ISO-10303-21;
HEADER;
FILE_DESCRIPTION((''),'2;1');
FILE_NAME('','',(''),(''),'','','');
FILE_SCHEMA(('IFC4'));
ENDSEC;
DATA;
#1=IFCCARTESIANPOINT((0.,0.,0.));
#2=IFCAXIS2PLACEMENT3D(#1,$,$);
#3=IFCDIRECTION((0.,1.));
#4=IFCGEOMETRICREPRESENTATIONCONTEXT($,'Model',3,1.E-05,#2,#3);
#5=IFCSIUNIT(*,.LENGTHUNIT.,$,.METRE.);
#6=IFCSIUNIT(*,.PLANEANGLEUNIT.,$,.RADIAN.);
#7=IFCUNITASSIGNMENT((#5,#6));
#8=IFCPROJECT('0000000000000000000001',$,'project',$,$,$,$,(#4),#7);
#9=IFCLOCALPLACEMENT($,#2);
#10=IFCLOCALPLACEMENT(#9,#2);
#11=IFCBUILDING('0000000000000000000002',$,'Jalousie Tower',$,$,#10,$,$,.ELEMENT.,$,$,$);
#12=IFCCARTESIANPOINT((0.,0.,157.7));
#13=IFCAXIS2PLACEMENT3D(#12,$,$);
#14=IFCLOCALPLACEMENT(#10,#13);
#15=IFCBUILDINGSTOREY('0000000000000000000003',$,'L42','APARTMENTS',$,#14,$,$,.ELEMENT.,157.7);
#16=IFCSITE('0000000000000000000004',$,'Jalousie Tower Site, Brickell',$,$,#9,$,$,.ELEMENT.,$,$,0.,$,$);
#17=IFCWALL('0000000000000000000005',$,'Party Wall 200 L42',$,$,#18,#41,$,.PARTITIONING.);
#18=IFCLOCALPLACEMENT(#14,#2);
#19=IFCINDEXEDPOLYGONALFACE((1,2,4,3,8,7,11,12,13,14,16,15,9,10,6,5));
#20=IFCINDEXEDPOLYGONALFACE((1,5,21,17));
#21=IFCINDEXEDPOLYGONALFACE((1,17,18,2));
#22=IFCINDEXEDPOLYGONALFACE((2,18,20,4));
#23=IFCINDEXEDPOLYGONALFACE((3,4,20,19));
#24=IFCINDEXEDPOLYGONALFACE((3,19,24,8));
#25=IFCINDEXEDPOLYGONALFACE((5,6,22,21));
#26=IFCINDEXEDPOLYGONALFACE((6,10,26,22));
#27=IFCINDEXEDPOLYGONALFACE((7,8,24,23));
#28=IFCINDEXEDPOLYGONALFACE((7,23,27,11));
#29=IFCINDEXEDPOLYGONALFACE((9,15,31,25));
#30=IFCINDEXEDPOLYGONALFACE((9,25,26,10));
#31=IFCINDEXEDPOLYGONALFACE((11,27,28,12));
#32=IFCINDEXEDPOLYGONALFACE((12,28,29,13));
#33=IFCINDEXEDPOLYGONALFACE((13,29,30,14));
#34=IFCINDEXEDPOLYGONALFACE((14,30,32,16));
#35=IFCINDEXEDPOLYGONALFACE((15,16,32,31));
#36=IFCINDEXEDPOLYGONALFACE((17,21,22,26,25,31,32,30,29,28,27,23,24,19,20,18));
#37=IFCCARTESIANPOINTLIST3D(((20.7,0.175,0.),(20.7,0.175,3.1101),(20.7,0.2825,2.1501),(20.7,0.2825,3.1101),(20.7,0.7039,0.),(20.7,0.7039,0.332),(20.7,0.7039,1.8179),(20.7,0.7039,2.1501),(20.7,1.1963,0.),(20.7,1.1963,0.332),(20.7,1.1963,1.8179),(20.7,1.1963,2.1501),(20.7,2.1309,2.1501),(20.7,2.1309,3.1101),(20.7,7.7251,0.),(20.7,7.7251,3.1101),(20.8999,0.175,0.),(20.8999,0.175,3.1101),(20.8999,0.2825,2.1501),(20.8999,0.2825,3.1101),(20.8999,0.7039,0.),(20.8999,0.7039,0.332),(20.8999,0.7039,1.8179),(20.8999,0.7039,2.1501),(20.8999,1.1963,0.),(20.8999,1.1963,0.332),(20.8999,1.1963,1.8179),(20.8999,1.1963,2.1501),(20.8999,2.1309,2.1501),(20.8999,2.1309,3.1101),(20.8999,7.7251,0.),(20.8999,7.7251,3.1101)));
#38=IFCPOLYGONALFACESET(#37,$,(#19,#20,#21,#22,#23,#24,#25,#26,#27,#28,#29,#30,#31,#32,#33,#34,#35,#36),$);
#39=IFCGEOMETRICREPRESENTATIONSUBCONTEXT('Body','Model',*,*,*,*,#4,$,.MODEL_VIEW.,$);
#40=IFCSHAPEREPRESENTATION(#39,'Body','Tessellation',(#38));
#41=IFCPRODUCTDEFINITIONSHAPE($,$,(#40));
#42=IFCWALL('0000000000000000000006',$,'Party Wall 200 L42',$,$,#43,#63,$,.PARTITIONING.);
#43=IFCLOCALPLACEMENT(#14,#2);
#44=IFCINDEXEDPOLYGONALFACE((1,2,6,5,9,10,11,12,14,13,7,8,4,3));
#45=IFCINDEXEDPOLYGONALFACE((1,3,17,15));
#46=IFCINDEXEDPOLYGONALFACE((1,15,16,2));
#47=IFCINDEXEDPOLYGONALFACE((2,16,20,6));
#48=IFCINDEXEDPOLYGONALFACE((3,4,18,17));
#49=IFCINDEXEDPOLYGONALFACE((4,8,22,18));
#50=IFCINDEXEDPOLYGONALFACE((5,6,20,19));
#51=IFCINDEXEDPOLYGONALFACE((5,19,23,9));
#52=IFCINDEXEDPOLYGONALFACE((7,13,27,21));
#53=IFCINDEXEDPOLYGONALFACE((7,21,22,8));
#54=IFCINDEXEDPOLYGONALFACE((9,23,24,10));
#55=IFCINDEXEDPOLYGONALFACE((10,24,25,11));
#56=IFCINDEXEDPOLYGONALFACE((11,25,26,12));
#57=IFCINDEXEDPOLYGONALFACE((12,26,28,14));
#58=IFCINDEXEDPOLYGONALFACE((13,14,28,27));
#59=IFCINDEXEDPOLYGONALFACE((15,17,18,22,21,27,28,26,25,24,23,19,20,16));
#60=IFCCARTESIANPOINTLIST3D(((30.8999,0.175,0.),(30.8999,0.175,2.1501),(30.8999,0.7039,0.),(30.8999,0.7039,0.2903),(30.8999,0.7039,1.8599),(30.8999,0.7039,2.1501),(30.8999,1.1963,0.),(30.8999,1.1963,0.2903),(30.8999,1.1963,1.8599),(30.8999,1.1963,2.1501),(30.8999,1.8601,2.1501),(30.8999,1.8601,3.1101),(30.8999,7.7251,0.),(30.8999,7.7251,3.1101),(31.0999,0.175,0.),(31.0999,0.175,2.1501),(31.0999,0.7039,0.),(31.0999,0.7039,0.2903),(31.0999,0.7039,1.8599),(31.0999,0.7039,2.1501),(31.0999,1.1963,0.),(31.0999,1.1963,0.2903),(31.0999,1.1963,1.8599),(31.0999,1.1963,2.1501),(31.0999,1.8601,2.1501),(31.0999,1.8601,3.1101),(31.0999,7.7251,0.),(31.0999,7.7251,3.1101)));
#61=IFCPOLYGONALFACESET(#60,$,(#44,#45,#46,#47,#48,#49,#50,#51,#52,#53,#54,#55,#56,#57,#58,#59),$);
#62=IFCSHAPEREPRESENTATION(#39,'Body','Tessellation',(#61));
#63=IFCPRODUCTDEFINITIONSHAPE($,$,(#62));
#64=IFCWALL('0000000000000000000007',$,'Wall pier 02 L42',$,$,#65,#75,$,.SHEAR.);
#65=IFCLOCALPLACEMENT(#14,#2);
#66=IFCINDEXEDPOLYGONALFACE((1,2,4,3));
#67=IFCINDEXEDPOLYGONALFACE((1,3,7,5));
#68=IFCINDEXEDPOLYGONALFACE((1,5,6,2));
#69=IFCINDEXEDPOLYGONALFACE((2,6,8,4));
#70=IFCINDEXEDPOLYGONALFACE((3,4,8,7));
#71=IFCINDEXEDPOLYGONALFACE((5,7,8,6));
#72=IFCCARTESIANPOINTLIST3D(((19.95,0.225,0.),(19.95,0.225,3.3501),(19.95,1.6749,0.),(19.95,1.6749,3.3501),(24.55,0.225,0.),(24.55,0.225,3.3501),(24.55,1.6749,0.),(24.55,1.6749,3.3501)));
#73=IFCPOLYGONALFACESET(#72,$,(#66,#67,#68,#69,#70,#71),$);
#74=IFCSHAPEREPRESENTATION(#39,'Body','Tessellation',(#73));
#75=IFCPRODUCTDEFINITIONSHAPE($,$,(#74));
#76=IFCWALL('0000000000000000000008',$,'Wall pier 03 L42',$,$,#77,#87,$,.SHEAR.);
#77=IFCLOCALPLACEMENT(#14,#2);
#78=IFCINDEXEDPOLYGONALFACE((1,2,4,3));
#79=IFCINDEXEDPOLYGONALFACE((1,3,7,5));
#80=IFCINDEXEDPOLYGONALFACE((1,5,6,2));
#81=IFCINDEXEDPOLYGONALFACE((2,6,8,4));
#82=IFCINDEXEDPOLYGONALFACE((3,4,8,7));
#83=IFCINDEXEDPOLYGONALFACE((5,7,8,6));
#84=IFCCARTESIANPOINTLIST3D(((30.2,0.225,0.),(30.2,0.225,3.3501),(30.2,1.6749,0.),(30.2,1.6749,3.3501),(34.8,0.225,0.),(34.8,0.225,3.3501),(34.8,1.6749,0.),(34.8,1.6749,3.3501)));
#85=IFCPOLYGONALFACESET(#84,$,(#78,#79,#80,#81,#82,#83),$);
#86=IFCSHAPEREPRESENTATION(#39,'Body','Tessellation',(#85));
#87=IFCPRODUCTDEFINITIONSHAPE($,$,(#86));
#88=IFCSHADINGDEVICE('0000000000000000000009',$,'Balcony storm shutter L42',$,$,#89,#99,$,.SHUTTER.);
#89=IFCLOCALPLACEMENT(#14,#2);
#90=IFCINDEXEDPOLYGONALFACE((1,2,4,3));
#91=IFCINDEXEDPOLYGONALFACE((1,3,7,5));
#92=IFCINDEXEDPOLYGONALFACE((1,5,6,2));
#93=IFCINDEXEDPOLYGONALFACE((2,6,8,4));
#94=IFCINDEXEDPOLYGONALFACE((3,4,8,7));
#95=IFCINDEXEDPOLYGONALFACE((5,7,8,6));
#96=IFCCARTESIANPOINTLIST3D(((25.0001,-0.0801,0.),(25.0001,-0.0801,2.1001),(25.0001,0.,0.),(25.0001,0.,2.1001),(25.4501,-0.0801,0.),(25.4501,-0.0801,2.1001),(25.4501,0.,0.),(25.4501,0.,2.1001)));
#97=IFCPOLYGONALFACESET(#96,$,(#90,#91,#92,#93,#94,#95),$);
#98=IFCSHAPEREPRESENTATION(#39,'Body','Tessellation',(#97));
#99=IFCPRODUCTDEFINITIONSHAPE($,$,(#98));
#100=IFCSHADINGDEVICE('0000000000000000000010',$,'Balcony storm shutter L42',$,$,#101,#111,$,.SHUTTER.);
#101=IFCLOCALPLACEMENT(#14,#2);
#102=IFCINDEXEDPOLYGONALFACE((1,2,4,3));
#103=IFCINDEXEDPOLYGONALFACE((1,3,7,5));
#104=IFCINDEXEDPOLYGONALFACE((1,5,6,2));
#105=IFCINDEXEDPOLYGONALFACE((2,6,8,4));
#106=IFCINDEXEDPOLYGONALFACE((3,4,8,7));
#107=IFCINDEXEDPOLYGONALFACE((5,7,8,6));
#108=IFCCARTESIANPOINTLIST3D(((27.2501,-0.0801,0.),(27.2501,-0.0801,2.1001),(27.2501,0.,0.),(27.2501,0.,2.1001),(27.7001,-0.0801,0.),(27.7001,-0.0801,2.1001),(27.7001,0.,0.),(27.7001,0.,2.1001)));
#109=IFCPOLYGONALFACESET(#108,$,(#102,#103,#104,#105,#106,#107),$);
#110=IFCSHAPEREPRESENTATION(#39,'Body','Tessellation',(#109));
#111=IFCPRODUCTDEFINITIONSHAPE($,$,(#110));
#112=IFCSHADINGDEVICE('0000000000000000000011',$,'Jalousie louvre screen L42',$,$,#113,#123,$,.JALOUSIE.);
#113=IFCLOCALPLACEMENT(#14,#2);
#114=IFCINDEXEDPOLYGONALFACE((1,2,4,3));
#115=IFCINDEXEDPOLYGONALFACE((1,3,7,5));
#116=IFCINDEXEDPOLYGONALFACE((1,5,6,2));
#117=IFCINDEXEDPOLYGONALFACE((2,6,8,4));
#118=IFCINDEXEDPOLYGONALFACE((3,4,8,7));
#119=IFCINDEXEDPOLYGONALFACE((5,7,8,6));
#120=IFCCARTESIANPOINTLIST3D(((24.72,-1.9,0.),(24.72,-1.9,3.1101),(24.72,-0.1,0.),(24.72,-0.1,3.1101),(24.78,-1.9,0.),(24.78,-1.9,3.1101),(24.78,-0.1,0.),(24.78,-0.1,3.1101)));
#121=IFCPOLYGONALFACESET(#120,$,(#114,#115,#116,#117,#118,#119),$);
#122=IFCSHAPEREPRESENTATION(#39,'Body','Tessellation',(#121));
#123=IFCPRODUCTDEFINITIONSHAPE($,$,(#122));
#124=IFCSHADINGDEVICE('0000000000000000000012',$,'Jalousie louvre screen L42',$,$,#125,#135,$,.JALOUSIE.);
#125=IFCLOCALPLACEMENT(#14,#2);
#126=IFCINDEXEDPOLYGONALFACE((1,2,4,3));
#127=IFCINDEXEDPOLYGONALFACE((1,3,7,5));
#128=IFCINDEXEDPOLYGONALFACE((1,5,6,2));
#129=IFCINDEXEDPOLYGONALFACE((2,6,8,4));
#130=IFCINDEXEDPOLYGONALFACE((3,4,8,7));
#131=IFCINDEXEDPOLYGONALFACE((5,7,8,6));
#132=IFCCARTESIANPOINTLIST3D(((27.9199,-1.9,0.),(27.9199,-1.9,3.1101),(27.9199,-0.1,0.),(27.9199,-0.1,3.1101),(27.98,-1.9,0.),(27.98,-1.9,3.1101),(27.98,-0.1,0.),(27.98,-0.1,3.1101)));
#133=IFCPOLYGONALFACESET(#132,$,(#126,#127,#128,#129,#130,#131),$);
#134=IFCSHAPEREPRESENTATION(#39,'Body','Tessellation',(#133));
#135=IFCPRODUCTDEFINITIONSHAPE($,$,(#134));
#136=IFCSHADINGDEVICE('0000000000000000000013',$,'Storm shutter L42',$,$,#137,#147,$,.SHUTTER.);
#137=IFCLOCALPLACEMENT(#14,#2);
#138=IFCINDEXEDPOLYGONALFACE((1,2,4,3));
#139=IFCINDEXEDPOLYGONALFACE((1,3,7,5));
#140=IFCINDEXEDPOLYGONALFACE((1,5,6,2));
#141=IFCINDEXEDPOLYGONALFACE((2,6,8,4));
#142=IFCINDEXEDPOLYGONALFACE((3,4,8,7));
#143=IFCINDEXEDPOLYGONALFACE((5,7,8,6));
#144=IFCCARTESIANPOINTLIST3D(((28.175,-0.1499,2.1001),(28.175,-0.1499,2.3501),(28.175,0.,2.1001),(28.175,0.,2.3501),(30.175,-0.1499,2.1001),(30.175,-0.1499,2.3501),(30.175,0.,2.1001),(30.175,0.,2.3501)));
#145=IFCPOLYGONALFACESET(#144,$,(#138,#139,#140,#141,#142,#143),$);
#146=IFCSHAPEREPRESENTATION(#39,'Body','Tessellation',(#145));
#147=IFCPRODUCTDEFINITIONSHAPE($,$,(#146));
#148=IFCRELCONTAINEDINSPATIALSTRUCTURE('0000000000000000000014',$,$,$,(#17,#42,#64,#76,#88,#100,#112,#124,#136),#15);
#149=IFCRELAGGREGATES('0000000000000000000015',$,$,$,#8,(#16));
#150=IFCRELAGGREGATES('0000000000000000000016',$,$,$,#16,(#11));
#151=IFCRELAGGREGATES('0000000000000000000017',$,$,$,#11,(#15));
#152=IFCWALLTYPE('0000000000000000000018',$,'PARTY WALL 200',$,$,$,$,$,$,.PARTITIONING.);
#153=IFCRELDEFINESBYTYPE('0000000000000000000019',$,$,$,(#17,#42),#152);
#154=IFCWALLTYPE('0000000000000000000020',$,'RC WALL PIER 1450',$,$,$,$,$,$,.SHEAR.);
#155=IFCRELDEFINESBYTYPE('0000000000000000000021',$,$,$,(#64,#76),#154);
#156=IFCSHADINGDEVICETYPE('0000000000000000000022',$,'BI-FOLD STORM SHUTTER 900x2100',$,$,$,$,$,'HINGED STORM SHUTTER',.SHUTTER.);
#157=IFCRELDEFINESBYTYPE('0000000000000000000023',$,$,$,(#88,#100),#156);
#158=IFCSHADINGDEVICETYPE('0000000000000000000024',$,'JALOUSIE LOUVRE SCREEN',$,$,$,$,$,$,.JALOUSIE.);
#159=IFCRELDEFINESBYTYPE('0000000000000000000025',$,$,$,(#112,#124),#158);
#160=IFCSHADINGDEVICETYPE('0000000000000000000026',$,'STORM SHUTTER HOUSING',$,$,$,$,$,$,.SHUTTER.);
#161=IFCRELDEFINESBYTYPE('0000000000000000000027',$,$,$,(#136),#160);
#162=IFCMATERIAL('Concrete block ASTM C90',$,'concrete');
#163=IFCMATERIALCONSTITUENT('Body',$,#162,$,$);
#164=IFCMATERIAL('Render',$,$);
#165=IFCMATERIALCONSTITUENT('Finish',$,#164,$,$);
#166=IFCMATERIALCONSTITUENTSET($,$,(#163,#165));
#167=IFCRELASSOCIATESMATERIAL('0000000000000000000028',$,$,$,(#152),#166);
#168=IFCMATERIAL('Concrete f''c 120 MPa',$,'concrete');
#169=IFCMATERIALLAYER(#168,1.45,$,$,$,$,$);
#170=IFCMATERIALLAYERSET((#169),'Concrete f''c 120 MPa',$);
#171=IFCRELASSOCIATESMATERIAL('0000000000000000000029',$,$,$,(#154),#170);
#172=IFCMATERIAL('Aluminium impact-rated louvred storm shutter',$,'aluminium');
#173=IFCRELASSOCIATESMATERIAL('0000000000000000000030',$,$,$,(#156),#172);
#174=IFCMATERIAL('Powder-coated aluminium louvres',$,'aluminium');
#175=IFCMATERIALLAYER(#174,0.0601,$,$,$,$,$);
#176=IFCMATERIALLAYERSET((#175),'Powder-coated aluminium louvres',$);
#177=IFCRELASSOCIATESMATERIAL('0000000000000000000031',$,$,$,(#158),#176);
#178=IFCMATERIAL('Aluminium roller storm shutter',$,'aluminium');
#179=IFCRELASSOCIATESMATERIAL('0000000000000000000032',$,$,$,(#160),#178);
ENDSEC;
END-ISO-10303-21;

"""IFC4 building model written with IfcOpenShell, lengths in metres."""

from ifc_helpers import new_model, si_unit, direction, frame, frame_2d, origin, origin_2d, place, context, subcontext, project, spatial, polyline, rectangle, outline, extrude, material, layer, layer_set, constituent, constituent_set, type_object, element, save


model = new_model("IFC4")

# Units and contexts
model_context = context("Model", 3, precision=1e-05, world=origin(), true_north=direction((0.0, 1.0)))
body_context = subcontext(model_context, "Body", "Model", "MODEL_VIEW")
ifc_project = project(units=[si_unit("LENGTHUNIT", "METRE"), si_unit("PLANEANGLEUNIT", "RADIAN")], contexts=[model_context])

# Site, building, storey
site_placement = place(None, origin())
site = spatial("IfcSite", under=ifc_project, at=site_placement, Name="Jalousie Tower Site, Brickell", CompositionType="ELEMENT", RefElevation=0.0)
building_placement = place(site_placement, origin())
building = spatial("IfcBuilding", under=site, at=building_placement, Name="Jalousie Tower", CompositionType="ELEMENT")
storey_placement = place(building_placement, frame((0.0, 0.0, 157.7)))
storey = spatial("IfcBuildingStorey", under=building, at=storey_placement, Name="L42", Description="APARTMENTS", CompositionType="ELEMENT", Elevation=157.7)

# Walls
ifc_material_1 = material(Name="Concrete block ASTM C90", Category="concrete")
ifc_constituent_1 = constituent(ifc_material_1, Name="Body")
ifc_material_2 = material(Name="Render")
ifc_constituent_2 = constituent(ifc_material_2, Name="Finish")
ifc_constituent_set_1 = constituent_set(constituents=[ifc_constituent_1, ifc_constituent_2])
wall_type_1 = type_object("IfcWallType", Name="PARTY WALL 200", PredefinedType="PARTITIONING", material=ifc_constituent_set_1)
wall_1_placement = place(storey_placement, frame((20.8, 0.175, 0.0), z_axis=(0.0, 0.0, 1.0), x_axis=(0.0, 1.0, 0.0)))
element("IfcWall", 1, at=wall_1_placement, inside=storey, type_object=wall_type_1, Name="Party Wall 200 L42", PredefinedType="PARTITIONING", context=body_context, shape_type="SweptSolid", body=[
    extrude(outline(polyline([(0.1074, 3.1101), (0.0, 3.1101), (0.0, 0.0), (0.5288, 0.0), (0.5288, 0.332), (1.0212, 0.332), (1.0212, 0.0), (7.55, 0.0), (7.55, 3.1101), (1.9558, 3.1101), (1.9558, 2.1501), (1.0212, 2.1501), (1.0212, 1.8179), (0.5288, 1.8179), (0.5288, 2.1501), (0.1074, 2.1501), (0.1074, 3.1101)])), frame((0.0, 0.1001, 0.0), z_axis=(0.0, -1.0, 0.0), x_axis=(1.0, 0.0, 0.0)), (0.0, 0.0, 1.0), 0.2),
])
wall_2_placement = place(storey_placement, frame((31.0, 0.175, 0.0), z_axis=(0.0, 0.0, 1.0), x_axis=(0.0, 1.0, 0.0)))
element("IfcWall", 2, at=wall_2_placement, inside=storey, type_object=wall_type_1, Name="Party Wall 200 L42", PredefinedType="PARTITIONING", context=body_context, shape_type="SweptSolid", body=[
    extrude(outline(polyline([(0.5288, 2.1501), (0.0, 2.1501), (0.0, 0.0), (0.5288, 0.0), (0.5288, 0.2903), (1.0212, 0.2903), (1.0212, 0.0), (7.55, 0.0), (7.55, 3.1101), (1.6851, 3.1101), (1.6851, 2.1501), (1.0212, 2.1501), (1.0212, 1.8599), (0.5288, 1.8599), (0.5288, 2.1501)])), frame((0.0, 0.1001, 0.0), z_axis=(0.0, -1.0, 0.0), x_axis=(1.0, 0.0, 0.0)), (0.0, 0.0, 1.0), 0.2),
])
ifc_material_3 = material(Name="Concrete f'c 120 MPa", Category="concrete")
ifc_layer_1 = layer(ifc_material_3, 1.45)
ifc_layer_set_1 = layer_set([ifc_layer_1], Name="Concrete f'c 120 MPa")
wall_type_2 = type_object("IfcWallType", Name="RC WALL PIER 1450", PredefinedType="SHEAR", material=ifc_layer_set_1)
for number, where, z_axis, x_axis, name in (
    (3, (19.95, 0.95, 0.0), (0.0, 0.0, 1.0), (1.0, 0.0, 0.0), "Wall pier 02 L42"),
    (4, (30.2, 0.95, 0.0), (0.0, 0.0, 1.0), (1.0, 0.0, 0.0), "Wall pier 03 L42"),
):
    element("IfcWall", number, at=place(storey_placement, frame(where, z_axis=z_axis, x_axis=x_axis)), inside=storey, type_object=wall_type_2, Name=name, PredefinedType="SHEAR", context=body_context, shape_type="SweptSolid", body=[
        extrude(rectangle(XDim=4.6001, YDim=1.45, at=frame_2d((2.3, 0.0))), origin(), (0.0, 0.0, 1.0), 3.3501),
    ])

# Shading devices
ifc_material_4 = material(Name="Aluminium impact-rated louvred storm shutter", Category="aluminium")
shading_device_type_1 = type_object("IfcShadingDeviceType", Name="BI-FOLD STORM SHUTTER 900x2100", ElementType="HINGED STORM SHUTTER", PredefinedType="SHUTTER", material=ifc_material_4)
for number, where, z_axis, x_axis, name in (
    (5, (25.2251, -0.04, 0.0), (0.0, 0.0, 1.0), (1.0, 0.0, 0.0), "Balcony storm shutter L42"),
    (6, (27.4751, -0.04, 0.0), (0.0, 0.0, 1.0), (1.0, 0.0, 0.0), "Balcony storm shutter L42"),
):
    element("IfcShadingDevice", number, at=place(storey_placement, frame(where, z_axis=z_axis, x_axis=x_axis)), inside=storey, type_object=shading_device_type_1, Name=name, PredefinedType="SHUTTER", context=body_context, shape_type="SweptSolid", body=[
        extrude(rectangle(XDim=0.45, YDim=0.0801, at=origin_2d()), origin(), (0.0, 0.0, 1.0), 2.1001),
    ])

# Shading devices
ifc_material_5 = material(Name="Powder-coated aluminium louvres", Category="aluminium")
ifc_layer_2 = layer(ifc_material_5, 0.0601)
ifc_layer_set_2 = layer_set([ifc_layer_2], Name="Powder-coated aluminium louvres")
shading_device_type_2 = type_object("IfcShadingDeviceType", Name="JALOUSIE LOUVRE SCREEN", PredefinedType="JALOUSIE", material=ifc_layer_set_2)
for number, where, z_axis, x_axis, name in (
    (7, (24.75, -1.0, 0.0), (0.0, 0.0, 1.0), (1.0, 0.0, 0.0), "Jalousie louvre screen L42"),
    (8, (27.95, -1.0, 0.0), (0.0, 0.0, 1.0), (1.0, 0.0, 0.0), "Jalousie louvre screen L42"),
):
    element("IfcShadingDevice", number, at=place(storey_placement, frame(where, z_axis=z_axis, x_axis=x_axis)), inside=storey, type_object=shading_device_type_2, Name=name, PredefinedType="JALOUSIE", context=body_context, shape_type="SweptSolid", body=[
        extrude(rectangle(XDim=0.0601, YDim=1.8, at=origin_2d()), origin(), (0.0, 0.0, 1.0), 3.1101),
    ])
ifc_material_6 = material(Name="Aluminium roller storm shutter", Category="aluminium")
shading_device_type_3 = type_object("IfcShadingDeviceType", Name="STORM SHUTTER HOUSING", PredefinedType="SHUTTER", material=ifc_material_6)
shading_device_placement = place(storey_placement, frame((29.175, -0.075, 2.1001), z_axis=(0.0, 0.0, 1.0), x_axis=(1.0, 0.0, 0.0)))
element("IfcShadingDevice", 9, at=shading_device_placement, inside=storey, type_object=shading_device_type_3, Name="Storm shutter L42", PredefinedType="SHUTTER", context=body_context, shape_type="SweptSolid", body=[
    extrude(rectangle(XDim=2.0, YDim=0.1499, at=origin_2d()), origin(), (0.0, 0.0, 1.0), 0.25),
])

save(model, "model.ifc")
